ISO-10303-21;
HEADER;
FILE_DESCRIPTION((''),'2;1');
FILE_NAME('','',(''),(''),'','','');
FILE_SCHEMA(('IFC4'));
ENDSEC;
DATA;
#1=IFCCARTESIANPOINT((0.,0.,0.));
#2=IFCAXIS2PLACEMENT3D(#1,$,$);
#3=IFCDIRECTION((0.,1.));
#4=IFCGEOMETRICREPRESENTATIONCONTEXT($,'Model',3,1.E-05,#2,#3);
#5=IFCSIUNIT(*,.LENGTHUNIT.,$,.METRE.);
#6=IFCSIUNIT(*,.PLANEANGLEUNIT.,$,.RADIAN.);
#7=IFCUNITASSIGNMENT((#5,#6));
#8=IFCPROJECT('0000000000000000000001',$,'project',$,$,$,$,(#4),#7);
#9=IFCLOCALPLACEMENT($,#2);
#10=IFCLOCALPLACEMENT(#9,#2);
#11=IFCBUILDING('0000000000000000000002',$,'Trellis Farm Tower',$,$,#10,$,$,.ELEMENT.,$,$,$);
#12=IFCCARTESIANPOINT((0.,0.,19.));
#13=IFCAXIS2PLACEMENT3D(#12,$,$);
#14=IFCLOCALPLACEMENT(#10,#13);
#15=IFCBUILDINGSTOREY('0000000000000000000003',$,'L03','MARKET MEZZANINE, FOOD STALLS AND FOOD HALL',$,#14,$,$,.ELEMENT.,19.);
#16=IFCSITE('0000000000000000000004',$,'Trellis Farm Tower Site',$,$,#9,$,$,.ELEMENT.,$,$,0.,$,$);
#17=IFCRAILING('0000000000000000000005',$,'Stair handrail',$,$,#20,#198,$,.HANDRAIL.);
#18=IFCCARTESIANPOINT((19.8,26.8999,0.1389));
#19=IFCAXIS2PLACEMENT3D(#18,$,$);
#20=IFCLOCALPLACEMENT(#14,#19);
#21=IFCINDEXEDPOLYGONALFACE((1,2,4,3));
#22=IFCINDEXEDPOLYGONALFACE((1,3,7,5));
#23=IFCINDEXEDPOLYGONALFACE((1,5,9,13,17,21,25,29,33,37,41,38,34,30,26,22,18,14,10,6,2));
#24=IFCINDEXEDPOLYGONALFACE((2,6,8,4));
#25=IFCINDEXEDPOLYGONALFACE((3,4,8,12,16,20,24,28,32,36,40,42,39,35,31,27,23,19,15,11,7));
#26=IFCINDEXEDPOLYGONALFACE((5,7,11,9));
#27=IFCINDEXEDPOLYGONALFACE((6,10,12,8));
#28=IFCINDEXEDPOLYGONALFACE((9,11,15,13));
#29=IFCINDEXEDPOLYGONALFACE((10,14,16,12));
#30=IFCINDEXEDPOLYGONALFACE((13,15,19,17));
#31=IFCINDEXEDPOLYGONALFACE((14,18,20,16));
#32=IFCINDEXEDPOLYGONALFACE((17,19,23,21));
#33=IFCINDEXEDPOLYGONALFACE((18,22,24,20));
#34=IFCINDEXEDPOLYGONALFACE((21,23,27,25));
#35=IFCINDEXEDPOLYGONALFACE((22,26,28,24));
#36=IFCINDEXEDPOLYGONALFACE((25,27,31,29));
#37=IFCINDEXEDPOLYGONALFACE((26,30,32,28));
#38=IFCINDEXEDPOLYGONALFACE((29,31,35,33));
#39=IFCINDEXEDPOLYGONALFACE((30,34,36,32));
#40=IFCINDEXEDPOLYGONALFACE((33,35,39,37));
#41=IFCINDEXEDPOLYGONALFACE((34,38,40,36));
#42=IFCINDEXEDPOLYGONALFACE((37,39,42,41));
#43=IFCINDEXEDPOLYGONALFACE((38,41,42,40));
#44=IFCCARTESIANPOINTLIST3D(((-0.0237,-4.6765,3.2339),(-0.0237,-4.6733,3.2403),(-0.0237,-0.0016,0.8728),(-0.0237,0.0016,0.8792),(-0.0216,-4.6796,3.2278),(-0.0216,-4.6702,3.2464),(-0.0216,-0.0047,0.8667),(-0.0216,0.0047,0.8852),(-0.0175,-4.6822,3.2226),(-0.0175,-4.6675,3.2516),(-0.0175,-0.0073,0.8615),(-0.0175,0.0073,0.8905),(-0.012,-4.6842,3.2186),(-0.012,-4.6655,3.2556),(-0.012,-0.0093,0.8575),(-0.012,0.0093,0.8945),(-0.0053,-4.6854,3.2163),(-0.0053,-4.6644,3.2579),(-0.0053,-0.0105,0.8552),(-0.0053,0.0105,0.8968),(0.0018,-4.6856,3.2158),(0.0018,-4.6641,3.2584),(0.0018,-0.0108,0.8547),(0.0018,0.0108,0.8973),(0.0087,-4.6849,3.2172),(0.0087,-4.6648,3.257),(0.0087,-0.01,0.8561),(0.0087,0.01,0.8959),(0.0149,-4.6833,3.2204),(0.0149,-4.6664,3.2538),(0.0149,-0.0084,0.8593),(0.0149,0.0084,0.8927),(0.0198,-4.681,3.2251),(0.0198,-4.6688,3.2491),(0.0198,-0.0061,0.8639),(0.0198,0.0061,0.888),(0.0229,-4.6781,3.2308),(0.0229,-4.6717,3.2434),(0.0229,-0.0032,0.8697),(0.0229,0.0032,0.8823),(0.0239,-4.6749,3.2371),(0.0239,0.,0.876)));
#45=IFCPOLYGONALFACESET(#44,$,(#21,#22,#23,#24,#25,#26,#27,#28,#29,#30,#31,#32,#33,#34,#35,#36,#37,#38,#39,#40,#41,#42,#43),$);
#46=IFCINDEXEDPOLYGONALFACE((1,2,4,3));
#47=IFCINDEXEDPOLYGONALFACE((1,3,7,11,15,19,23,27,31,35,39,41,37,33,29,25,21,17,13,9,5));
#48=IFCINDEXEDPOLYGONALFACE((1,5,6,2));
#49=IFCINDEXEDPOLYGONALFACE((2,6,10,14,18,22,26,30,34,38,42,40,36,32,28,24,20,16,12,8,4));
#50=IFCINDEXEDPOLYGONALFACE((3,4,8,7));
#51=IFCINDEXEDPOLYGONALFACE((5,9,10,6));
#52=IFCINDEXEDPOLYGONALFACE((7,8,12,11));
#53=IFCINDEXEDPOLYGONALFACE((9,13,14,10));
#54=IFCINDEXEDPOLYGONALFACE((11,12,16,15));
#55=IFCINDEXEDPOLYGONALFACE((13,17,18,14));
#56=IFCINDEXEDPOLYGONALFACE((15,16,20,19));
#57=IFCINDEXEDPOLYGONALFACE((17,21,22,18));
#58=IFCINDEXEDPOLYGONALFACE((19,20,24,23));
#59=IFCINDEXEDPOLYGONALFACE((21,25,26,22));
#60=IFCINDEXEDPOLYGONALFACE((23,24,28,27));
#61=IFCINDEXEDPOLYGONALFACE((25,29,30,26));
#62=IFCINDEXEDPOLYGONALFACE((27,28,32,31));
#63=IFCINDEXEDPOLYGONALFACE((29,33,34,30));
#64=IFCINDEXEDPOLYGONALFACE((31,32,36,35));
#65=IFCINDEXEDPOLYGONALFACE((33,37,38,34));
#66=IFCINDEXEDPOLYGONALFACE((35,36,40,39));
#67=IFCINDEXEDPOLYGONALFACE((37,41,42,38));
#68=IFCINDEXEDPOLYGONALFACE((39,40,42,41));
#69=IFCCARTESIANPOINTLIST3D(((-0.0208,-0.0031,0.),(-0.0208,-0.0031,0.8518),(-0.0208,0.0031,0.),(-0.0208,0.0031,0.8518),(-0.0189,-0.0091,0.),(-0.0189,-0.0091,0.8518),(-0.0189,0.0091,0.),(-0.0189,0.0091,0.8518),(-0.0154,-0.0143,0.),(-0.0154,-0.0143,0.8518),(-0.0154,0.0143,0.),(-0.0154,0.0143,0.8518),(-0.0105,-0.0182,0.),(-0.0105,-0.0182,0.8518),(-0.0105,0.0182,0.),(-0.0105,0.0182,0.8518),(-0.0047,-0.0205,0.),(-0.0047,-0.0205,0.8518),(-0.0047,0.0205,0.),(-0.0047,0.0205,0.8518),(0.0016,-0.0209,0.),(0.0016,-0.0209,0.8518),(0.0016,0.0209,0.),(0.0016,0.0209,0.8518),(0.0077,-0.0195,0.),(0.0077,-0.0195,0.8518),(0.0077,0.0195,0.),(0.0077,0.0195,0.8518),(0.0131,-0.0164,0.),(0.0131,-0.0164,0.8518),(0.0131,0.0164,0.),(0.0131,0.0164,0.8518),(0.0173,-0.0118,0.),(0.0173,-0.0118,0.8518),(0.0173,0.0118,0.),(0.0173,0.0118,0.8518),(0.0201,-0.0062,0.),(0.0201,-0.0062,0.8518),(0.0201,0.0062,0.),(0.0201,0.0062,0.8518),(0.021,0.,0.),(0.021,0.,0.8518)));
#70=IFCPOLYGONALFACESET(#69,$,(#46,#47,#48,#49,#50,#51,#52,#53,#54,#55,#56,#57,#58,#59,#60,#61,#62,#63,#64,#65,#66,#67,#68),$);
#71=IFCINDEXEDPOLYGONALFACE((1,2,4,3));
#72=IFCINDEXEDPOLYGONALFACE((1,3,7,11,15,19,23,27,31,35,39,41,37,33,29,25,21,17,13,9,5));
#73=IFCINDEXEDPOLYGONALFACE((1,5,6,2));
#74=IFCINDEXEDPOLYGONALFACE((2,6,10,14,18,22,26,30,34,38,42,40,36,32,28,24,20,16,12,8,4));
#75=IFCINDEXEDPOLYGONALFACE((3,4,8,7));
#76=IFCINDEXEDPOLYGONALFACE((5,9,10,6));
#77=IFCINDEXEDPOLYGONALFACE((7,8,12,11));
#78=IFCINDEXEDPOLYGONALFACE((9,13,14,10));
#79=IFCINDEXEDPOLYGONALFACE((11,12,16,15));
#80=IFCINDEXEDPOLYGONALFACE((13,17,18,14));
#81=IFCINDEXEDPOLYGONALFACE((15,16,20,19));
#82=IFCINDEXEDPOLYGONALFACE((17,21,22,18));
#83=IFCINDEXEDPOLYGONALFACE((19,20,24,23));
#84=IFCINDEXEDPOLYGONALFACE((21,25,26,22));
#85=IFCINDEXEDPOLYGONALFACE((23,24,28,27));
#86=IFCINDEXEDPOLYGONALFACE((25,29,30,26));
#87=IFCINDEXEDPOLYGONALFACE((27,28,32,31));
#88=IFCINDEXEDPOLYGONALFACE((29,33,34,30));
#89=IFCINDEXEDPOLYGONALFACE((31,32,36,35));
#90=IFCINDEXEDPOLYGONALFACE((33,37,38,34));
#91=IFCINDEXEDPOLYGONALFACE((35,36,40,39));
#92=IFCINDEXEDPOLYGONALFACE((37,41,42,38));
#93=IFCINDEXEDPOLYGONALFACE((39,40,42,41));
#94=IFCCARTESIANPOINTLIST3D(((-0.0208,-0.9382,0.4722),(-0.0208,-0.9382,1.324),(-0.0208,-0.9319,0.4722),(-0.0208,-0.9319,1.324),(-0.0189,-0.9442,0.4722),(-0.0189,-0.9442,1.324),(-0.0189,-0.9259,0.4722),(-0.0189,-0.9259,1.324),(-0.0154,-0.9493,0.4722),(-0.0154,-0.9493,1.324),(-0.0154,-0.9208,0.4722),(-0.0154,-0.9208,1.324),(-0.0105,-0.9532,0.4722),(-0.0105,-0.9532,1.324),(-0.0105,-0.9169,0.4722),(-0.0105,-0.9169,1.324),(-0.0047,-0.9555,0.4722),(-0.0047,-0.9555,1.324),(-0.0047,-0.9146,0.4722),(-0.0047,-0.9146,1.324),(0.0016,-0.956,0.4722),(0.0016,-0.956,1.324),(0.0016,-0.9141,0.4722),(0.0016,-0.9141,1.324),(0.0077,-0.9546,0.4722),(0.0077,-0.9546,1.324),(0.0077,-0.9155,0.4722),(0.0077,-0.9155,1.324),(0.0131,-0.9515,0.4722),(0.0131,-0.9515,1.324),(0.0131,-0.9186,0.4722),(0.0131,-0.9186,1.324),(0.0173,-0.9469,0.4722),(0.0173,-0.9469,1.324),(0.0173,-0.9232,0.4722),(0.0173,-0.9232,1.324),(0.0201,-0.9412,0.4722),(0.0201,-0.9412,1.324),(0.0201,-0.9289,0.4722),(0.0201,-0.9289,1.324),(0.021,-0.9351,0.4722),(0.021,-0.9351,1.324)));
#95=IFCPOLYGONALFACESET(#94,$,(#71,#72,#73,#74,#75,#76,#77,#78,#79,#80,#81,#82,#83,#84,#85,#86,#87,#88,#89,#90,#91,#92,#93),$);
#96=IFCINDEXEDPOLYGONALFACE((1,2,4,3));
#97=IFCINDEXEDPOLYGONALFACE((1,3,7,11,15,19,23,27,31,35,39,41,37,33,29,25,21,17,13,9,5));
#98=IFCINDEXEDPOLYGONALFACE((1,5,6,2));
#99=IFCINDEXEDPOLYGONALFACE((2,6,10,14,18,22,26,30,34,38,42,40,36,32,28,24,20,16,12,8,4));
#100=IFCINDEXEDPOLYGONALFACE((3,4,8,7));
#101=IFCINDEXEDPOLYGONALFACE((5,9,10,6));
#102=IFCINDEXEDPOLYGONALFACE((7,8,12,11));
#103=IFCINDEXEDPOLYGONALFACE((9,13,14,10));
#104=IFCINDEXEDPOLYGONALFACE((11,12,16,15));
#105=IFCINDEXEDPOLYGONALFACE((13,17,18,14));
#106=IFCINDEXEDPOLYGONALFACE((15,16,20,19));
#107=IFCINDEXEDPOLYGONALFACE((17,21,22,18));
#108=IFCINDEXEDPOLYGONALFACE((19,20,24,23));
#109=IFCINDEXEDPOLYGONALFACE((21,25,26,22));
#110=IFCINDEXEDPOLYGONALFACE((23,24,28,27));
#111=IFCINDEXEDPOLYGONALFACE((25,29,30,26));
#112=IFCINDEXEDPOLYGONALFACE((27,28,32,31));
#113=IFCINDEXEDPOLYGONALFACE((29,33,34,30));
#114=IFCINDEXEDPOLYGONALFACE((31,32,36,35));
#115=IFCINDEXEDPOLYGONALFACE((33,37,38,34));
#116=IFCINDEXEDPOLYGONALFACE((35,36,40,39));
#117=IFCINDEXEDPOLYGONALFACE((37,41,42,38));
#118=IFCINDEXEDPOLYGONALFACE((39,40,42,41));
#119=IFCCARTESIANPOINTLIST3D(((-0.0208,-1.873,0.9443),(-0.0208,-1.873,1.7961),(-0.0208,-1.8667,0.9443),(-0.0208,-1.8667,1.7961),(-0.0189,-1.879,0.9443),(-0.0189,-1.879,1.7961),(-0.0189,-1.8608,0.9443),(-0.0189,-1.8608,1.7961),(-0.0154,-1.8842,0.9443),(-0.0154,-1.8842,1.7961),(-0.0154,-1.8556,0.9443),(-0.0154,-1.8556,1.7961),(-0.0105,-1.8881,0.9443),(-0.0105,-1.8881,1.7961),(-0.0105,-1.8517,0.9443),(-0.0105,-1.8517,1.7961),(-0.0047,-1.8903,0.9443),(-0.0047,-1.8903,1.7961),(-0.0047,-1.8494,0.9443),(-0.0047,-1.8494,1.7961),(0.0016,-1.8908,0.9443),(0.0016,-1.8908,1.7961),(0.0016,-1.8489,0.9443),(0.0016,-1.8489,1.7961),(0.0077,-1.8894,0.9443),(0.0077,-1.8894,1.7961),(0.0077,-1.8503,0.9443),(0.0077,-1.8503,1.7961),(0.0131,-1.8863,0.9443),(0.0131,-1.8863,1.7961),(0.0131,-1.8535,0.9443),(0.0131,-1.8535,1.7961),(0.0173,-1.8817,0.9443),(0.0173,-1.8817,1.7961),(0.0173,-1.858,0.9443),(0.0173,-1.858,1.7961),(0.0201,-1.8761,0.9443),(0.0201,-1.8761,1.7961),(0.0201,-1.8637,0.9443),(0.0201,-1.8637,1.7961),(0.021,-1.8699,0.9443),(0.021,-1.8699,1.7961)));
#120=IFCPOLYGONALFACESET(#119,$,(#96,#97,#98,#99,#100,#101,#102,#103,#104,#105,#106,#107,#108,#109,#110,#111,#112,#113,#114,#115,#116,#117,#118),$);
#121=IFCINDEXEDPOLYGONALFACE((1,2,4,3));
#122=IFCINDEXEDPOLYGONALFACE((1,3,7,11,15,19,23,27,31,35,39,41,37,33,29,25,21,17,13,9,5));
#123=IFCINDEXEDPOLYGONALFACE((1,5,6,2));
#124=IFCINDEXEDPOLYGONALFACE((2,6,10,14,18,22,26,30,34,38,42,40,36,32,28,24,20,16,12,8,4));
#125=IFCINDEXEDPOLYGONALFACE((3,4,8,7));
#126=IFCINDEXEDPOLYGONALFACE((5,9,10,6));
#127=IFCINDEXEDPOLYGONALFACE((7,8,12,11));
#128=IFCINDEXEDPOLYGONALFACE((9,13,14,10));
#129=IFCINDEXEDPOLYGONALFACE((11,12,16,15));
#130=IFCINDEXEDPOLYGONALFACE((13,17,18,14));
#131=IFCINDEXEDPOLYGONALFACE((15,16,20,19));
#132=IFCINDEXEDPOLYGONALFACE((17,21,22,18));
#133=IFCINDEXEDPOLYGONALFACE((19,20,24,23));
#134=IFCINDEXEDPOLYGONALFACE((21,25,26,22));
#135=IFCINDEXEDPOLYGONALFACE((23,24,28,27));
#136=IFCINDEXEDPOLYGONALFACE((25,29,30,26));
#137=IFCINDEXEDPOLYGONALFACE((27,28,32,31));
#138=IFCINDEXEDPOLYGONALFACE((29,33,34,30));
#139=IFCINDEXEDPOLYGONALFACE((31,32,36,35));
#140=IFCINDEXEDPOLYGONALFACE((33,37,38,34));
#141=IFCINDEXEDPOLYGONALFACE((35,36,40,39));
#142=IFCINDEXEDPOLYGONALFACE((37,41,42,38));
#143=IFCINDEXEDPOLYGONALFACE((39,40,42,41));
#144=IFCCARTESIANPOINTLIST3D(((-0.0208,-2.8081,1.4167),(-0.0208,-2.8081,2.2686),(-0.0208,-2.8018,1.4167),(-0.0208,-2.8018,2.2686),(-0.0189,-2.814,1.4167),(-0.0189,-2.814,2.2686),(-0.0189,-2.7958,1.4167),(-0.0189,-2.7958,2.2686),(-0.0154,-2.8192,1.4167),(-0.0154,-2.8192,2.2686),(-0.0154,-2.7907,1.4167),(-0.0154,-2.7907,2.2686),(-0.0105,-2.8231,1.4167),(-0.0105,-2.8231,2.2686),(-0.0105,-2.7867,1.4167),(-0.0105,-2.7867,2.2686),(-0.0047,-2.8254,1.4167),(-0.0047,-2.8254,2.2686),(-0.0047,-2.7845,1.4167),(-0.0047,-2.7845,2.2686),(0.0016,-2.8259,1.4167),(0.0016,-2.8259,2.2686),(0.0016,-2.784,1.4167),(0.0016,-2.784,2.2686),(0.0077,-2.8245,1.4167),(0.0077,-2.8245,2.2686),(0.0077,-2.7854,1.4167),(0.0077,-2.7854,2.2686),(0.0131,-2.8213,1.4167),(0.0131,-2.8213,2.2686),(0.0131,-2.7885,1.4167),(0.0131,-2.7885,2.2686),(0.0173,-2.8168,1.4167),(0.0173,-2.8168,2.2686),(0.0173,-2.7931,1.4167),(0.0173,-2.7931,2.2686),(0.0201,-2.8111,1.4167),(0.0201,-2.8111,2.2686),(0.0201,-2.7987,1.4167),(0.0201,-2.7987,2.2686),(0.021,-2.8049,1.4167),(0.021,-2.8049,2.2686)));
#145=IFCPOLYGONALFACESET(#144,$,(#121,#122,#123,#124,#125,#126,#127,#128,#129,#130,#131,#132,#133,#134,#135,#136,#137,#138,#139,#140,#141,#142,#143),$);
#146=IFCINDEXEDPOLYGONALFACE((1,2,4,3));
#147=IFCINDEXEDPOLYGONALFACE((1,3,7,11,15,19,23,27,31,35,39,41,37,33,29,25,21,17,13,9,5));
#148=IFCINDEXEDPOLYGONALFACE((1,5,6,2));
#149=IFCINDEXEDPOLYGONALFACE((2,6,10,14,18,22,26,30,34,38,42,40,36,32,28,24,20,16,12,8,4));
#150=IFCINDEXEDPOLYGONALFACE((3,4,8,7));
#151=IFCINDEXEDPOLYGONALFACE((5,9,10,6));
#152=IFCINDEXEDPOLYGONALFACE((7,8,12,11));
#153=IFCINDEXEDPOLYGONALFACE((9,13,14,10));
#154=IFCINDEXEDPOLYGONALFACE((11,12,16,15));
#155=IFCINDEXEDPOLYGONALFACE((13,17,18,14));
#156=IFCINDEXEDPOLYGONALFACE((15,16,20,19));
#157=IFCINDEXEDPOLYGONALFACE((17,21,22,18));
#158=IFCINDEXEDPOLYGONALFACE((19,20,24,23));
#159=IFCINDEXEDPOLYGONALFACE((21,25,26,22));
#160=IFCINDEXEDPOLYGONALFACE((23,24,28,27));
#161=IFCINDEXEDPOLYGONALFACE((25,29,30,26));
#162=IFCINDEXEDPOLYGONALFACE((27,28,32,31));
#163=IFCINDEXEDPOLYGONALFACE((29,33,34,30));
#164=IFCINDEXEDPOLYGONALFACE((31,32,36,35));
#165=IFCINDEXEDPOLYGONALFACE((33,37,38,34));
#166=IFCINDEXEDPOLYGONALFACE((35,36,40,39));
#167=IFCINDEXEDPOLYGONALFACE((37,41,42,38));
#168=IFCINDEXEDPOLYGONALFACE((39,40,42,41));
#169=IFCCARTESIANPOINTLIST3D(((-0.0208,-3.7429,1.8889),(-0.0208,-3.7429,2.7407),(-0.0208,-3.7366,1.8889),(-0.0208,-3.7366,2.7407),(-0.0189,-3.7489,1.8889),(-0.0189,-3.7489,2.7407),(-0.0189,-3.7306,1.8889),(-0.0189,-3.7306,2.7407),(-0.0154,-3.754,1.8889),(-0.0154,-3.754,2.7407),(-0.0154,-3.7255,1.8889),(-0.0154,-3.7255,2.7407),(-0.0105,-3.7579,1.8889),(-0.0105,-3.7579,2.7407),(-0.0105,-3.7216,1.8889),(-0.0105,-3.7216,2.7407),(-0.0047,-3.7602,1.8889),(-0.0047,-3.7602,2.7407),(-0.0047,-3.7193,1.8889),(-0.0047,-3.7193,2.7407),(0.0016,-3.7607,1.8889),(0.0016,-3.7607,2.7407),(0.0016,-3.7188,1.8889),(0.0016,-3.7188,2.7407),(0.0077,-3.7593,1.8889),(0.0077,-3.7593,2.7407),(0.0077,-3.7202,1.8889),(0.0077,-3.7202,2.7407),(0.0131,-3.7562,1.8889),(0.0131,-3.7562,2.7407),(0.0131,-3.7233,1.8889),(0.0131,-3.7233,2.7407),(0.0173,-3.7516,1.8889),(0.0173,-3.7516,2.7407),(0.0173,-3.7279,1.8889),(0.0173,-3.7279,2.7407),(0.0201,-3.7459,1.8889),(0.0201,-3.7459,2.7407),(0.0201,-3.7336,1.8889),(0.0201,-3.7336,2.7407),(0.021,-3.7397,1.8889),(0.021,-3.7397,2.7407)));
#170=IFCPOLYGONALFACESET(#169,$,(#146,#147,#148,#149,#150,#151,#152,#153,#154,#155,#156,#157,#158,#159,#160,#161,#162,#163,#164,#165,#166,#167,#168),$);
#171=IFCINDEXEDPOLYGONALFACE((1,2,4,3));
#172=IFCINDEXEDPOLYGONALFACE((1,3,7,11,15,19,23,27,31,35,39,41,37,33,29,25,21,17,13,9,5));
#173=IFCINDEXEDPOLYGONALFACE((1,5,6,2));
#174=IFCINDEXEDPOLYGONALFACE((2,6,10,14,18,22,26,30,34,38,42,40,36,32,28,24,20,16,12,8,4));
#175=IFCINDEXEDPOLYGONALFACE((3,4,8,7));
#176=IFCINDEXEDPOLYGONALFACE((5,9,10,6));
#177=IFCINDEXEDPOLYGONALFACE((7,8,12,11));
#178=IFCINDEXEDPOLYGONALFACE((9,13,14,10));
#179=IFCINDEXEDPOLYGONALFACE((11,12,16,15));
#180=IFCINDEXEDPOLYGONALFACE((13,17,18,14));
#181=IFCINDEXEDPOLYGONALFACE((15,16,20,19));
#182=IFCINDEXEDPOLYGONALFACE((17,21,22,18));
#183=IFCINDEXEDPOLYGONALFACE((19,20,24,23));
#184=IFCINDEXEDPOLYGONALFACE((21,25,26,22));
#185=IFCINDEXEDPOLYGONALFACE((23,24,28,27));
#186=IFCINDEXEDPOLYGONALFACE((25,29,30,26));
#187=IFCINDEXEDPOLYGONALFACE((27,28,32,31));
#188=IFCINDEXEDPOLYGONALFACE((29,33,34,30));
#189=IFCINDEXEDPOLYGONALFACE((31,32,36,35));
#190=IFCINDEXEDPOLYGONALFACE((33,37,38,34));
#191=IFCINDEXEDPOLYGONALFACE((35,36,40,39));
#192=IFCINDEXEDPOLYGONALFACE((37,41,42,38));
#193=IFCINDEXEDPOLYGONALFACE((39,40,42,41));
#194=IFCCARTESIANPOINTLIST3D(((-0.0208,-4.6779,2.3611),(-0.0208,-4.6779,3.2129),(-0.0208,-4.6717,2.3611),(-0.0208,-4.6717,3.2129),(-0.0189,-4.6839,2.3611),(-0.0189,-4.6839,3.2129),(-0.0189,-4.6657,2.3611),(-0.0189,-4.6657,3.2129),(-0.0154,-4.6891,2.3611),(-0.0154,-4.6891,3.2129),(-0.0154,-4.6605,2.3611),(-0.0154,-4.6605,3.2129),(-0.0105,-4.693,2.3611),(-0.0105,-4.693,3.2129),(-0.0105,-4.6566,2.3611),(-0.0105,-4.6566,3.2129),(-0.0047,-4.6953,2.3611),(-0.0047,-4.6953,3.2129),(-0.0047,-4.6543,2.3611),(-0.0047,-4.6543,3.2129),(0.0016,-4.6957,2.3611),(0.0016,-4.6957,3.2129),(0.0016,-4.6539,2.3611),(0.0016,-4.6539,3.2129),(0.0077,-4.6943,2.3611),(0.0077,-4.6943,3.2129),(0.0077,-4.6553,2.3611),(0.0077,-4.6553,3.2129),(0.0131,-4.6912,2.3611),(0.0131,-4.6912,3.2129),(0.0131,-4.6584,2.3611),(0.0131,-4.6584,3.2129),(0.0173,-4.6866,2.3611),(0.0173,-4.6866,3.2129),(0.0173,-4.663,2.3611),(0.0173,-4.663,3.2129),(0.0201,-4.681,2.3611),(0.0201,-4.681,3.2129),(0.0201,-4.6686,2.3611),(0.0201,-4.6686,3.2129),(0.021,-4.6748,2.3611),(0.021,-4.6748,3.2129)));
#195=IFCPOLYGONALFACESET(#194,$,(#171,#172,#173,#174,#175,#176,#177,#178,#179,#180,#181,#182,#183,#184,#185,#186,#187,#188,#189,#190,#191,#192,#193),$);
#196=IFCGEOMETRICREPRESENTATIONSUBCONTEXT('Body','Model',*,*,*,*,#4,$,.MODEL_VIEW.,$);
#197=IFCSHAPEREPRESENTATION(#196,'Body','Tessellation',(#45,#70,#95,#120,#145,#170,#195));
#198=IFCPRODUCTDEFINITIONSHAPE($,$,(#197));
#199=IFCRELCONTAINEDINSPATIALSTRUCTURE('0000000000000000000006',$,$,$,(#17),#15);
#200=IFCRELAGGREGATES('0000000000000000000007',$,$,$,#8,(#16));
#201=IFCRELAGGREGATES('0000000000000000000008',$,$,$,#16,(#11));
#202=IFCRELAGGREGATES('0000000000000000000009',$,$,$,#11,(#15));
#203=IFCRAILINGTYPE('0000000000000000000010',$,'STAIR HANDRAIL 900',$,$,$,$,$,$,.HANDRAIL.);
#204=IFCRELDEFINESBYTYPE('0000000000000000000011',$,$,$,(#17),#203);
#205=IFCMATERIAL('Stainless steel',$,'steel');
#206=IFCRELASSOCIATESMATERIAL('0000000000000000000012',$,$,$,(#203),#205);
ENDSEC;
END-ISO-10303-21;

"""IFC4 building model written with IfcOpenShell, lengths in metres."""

from ifc_helpers import new_model, si_unit, direction, frame, origin, origin_2d, place, context, subcontext, project, spatial, circle, extrude, source, transform, mapped, material, type_object, element, save


model = new_model("IFC4")

# Units and contexts
model_context = context("Model", 3, precision=1e-05, world=origin(), true_north=direction((0.0, 1.0)))
body_context = subcontext(model_context, "Body", "Model", "MODEL_VIEW")
ifc_project = project(units=[si_unit("LENGTHUNIT", "METRE"), si_unit("PLANEANGLEUNIT", "RADIAN")], contexts=[model_context])

# Site, building, storey
site_placement = place(None, origin())
site = spatial("IfcSite", under=ifc_project, at=site_placement, Name="Trellis Farm Tower Site", CompositionType="ELEMENT", RefElevation=0.0)
building_placement = place(site_placement, origin())
building = spatial("IfcBuilding", under=site, at=building_placement, Name="Trellis Farm Tower", CompositionType="ELEMENT")
storey_placement = place(building_placement, frame((0.0, 0.0, 19.0)))
storey = spatial("IfcBuildingStorey", under=building, at=storey_placement, Name="L03", Description="MARKET MEZZANINE, FOOD STALLS AND FOOD HALL", CompositionType="ELEMENT", Elevation=19.0)

# Railing
ifc_material_1 = material(Name="Stainless steel", Category="steel")
railing_type = type_object("IfcRailingType", Name="STAIR HANDRAIL 900", PredefinedType="HANDRAIL", material=ifc_material_1)
shared_shape_1 = source(origin(), body_context, "Body", "SweptSolid", [
    extrude(circle(Radius=0.0239, at=origin_2d()), frame((0.0, 0.0, 0.876), z_axis=(0.0, -0.892611, 0.450827), x_axis=(1.0, 0.0, 0.0)), (0.0, 0.0, 1.0), 5.2373),
    extrude(circle(Radius=0.021, at=origin_2d()), origin(), (0.0, 0.0, 1.0), 0.8518),
    extrude(circle(Radius=0.021, at=origin_2d()), frame((0.0, -0.9351, 0.4722)), (0.0, 0.0, 1.0), 0.8518),
    extrude(circle(Radius=0.021, at=origin_2d()), frame((0.0, -1.8699, 0.9443)), (0.0, 0.0, 1.0), 0.8518),
    extrude(circle(Radius=0.021, at=origin_2d()), frame((0.0, -2.8049, 1.4167)), (0.0, 0.0, 1.0), 0.8518),
    extrude(circle(Radius=0.021, at=origin_2d()), frame((0.0, -3.7397, 1.8889)), (0.0, 0.0, 1.0), 0.8518),
    extrude(circle(Radius=0.021, at=origin_2d()), frame((0.0, -4.6748, 2.3611)), (0.0, 0.0, 1.0), 0.8518),
])
for number, where, name in (
    (1, (19.8, 26.8999, 0.1389), "Stair handrail"),
):
    element("IfcRailing", number, at=place(storey_placement, frame(where)), inside=storey, type_object=railing_type, Name=name, PredefinedType="HANDRAIL", context=body_context, shape_type="MappedRepresentation", body=[
        mapped(shared_shape_1, transform((0.0, 0.0, 0.0))),
    ])

save(model, "model.ifc")
